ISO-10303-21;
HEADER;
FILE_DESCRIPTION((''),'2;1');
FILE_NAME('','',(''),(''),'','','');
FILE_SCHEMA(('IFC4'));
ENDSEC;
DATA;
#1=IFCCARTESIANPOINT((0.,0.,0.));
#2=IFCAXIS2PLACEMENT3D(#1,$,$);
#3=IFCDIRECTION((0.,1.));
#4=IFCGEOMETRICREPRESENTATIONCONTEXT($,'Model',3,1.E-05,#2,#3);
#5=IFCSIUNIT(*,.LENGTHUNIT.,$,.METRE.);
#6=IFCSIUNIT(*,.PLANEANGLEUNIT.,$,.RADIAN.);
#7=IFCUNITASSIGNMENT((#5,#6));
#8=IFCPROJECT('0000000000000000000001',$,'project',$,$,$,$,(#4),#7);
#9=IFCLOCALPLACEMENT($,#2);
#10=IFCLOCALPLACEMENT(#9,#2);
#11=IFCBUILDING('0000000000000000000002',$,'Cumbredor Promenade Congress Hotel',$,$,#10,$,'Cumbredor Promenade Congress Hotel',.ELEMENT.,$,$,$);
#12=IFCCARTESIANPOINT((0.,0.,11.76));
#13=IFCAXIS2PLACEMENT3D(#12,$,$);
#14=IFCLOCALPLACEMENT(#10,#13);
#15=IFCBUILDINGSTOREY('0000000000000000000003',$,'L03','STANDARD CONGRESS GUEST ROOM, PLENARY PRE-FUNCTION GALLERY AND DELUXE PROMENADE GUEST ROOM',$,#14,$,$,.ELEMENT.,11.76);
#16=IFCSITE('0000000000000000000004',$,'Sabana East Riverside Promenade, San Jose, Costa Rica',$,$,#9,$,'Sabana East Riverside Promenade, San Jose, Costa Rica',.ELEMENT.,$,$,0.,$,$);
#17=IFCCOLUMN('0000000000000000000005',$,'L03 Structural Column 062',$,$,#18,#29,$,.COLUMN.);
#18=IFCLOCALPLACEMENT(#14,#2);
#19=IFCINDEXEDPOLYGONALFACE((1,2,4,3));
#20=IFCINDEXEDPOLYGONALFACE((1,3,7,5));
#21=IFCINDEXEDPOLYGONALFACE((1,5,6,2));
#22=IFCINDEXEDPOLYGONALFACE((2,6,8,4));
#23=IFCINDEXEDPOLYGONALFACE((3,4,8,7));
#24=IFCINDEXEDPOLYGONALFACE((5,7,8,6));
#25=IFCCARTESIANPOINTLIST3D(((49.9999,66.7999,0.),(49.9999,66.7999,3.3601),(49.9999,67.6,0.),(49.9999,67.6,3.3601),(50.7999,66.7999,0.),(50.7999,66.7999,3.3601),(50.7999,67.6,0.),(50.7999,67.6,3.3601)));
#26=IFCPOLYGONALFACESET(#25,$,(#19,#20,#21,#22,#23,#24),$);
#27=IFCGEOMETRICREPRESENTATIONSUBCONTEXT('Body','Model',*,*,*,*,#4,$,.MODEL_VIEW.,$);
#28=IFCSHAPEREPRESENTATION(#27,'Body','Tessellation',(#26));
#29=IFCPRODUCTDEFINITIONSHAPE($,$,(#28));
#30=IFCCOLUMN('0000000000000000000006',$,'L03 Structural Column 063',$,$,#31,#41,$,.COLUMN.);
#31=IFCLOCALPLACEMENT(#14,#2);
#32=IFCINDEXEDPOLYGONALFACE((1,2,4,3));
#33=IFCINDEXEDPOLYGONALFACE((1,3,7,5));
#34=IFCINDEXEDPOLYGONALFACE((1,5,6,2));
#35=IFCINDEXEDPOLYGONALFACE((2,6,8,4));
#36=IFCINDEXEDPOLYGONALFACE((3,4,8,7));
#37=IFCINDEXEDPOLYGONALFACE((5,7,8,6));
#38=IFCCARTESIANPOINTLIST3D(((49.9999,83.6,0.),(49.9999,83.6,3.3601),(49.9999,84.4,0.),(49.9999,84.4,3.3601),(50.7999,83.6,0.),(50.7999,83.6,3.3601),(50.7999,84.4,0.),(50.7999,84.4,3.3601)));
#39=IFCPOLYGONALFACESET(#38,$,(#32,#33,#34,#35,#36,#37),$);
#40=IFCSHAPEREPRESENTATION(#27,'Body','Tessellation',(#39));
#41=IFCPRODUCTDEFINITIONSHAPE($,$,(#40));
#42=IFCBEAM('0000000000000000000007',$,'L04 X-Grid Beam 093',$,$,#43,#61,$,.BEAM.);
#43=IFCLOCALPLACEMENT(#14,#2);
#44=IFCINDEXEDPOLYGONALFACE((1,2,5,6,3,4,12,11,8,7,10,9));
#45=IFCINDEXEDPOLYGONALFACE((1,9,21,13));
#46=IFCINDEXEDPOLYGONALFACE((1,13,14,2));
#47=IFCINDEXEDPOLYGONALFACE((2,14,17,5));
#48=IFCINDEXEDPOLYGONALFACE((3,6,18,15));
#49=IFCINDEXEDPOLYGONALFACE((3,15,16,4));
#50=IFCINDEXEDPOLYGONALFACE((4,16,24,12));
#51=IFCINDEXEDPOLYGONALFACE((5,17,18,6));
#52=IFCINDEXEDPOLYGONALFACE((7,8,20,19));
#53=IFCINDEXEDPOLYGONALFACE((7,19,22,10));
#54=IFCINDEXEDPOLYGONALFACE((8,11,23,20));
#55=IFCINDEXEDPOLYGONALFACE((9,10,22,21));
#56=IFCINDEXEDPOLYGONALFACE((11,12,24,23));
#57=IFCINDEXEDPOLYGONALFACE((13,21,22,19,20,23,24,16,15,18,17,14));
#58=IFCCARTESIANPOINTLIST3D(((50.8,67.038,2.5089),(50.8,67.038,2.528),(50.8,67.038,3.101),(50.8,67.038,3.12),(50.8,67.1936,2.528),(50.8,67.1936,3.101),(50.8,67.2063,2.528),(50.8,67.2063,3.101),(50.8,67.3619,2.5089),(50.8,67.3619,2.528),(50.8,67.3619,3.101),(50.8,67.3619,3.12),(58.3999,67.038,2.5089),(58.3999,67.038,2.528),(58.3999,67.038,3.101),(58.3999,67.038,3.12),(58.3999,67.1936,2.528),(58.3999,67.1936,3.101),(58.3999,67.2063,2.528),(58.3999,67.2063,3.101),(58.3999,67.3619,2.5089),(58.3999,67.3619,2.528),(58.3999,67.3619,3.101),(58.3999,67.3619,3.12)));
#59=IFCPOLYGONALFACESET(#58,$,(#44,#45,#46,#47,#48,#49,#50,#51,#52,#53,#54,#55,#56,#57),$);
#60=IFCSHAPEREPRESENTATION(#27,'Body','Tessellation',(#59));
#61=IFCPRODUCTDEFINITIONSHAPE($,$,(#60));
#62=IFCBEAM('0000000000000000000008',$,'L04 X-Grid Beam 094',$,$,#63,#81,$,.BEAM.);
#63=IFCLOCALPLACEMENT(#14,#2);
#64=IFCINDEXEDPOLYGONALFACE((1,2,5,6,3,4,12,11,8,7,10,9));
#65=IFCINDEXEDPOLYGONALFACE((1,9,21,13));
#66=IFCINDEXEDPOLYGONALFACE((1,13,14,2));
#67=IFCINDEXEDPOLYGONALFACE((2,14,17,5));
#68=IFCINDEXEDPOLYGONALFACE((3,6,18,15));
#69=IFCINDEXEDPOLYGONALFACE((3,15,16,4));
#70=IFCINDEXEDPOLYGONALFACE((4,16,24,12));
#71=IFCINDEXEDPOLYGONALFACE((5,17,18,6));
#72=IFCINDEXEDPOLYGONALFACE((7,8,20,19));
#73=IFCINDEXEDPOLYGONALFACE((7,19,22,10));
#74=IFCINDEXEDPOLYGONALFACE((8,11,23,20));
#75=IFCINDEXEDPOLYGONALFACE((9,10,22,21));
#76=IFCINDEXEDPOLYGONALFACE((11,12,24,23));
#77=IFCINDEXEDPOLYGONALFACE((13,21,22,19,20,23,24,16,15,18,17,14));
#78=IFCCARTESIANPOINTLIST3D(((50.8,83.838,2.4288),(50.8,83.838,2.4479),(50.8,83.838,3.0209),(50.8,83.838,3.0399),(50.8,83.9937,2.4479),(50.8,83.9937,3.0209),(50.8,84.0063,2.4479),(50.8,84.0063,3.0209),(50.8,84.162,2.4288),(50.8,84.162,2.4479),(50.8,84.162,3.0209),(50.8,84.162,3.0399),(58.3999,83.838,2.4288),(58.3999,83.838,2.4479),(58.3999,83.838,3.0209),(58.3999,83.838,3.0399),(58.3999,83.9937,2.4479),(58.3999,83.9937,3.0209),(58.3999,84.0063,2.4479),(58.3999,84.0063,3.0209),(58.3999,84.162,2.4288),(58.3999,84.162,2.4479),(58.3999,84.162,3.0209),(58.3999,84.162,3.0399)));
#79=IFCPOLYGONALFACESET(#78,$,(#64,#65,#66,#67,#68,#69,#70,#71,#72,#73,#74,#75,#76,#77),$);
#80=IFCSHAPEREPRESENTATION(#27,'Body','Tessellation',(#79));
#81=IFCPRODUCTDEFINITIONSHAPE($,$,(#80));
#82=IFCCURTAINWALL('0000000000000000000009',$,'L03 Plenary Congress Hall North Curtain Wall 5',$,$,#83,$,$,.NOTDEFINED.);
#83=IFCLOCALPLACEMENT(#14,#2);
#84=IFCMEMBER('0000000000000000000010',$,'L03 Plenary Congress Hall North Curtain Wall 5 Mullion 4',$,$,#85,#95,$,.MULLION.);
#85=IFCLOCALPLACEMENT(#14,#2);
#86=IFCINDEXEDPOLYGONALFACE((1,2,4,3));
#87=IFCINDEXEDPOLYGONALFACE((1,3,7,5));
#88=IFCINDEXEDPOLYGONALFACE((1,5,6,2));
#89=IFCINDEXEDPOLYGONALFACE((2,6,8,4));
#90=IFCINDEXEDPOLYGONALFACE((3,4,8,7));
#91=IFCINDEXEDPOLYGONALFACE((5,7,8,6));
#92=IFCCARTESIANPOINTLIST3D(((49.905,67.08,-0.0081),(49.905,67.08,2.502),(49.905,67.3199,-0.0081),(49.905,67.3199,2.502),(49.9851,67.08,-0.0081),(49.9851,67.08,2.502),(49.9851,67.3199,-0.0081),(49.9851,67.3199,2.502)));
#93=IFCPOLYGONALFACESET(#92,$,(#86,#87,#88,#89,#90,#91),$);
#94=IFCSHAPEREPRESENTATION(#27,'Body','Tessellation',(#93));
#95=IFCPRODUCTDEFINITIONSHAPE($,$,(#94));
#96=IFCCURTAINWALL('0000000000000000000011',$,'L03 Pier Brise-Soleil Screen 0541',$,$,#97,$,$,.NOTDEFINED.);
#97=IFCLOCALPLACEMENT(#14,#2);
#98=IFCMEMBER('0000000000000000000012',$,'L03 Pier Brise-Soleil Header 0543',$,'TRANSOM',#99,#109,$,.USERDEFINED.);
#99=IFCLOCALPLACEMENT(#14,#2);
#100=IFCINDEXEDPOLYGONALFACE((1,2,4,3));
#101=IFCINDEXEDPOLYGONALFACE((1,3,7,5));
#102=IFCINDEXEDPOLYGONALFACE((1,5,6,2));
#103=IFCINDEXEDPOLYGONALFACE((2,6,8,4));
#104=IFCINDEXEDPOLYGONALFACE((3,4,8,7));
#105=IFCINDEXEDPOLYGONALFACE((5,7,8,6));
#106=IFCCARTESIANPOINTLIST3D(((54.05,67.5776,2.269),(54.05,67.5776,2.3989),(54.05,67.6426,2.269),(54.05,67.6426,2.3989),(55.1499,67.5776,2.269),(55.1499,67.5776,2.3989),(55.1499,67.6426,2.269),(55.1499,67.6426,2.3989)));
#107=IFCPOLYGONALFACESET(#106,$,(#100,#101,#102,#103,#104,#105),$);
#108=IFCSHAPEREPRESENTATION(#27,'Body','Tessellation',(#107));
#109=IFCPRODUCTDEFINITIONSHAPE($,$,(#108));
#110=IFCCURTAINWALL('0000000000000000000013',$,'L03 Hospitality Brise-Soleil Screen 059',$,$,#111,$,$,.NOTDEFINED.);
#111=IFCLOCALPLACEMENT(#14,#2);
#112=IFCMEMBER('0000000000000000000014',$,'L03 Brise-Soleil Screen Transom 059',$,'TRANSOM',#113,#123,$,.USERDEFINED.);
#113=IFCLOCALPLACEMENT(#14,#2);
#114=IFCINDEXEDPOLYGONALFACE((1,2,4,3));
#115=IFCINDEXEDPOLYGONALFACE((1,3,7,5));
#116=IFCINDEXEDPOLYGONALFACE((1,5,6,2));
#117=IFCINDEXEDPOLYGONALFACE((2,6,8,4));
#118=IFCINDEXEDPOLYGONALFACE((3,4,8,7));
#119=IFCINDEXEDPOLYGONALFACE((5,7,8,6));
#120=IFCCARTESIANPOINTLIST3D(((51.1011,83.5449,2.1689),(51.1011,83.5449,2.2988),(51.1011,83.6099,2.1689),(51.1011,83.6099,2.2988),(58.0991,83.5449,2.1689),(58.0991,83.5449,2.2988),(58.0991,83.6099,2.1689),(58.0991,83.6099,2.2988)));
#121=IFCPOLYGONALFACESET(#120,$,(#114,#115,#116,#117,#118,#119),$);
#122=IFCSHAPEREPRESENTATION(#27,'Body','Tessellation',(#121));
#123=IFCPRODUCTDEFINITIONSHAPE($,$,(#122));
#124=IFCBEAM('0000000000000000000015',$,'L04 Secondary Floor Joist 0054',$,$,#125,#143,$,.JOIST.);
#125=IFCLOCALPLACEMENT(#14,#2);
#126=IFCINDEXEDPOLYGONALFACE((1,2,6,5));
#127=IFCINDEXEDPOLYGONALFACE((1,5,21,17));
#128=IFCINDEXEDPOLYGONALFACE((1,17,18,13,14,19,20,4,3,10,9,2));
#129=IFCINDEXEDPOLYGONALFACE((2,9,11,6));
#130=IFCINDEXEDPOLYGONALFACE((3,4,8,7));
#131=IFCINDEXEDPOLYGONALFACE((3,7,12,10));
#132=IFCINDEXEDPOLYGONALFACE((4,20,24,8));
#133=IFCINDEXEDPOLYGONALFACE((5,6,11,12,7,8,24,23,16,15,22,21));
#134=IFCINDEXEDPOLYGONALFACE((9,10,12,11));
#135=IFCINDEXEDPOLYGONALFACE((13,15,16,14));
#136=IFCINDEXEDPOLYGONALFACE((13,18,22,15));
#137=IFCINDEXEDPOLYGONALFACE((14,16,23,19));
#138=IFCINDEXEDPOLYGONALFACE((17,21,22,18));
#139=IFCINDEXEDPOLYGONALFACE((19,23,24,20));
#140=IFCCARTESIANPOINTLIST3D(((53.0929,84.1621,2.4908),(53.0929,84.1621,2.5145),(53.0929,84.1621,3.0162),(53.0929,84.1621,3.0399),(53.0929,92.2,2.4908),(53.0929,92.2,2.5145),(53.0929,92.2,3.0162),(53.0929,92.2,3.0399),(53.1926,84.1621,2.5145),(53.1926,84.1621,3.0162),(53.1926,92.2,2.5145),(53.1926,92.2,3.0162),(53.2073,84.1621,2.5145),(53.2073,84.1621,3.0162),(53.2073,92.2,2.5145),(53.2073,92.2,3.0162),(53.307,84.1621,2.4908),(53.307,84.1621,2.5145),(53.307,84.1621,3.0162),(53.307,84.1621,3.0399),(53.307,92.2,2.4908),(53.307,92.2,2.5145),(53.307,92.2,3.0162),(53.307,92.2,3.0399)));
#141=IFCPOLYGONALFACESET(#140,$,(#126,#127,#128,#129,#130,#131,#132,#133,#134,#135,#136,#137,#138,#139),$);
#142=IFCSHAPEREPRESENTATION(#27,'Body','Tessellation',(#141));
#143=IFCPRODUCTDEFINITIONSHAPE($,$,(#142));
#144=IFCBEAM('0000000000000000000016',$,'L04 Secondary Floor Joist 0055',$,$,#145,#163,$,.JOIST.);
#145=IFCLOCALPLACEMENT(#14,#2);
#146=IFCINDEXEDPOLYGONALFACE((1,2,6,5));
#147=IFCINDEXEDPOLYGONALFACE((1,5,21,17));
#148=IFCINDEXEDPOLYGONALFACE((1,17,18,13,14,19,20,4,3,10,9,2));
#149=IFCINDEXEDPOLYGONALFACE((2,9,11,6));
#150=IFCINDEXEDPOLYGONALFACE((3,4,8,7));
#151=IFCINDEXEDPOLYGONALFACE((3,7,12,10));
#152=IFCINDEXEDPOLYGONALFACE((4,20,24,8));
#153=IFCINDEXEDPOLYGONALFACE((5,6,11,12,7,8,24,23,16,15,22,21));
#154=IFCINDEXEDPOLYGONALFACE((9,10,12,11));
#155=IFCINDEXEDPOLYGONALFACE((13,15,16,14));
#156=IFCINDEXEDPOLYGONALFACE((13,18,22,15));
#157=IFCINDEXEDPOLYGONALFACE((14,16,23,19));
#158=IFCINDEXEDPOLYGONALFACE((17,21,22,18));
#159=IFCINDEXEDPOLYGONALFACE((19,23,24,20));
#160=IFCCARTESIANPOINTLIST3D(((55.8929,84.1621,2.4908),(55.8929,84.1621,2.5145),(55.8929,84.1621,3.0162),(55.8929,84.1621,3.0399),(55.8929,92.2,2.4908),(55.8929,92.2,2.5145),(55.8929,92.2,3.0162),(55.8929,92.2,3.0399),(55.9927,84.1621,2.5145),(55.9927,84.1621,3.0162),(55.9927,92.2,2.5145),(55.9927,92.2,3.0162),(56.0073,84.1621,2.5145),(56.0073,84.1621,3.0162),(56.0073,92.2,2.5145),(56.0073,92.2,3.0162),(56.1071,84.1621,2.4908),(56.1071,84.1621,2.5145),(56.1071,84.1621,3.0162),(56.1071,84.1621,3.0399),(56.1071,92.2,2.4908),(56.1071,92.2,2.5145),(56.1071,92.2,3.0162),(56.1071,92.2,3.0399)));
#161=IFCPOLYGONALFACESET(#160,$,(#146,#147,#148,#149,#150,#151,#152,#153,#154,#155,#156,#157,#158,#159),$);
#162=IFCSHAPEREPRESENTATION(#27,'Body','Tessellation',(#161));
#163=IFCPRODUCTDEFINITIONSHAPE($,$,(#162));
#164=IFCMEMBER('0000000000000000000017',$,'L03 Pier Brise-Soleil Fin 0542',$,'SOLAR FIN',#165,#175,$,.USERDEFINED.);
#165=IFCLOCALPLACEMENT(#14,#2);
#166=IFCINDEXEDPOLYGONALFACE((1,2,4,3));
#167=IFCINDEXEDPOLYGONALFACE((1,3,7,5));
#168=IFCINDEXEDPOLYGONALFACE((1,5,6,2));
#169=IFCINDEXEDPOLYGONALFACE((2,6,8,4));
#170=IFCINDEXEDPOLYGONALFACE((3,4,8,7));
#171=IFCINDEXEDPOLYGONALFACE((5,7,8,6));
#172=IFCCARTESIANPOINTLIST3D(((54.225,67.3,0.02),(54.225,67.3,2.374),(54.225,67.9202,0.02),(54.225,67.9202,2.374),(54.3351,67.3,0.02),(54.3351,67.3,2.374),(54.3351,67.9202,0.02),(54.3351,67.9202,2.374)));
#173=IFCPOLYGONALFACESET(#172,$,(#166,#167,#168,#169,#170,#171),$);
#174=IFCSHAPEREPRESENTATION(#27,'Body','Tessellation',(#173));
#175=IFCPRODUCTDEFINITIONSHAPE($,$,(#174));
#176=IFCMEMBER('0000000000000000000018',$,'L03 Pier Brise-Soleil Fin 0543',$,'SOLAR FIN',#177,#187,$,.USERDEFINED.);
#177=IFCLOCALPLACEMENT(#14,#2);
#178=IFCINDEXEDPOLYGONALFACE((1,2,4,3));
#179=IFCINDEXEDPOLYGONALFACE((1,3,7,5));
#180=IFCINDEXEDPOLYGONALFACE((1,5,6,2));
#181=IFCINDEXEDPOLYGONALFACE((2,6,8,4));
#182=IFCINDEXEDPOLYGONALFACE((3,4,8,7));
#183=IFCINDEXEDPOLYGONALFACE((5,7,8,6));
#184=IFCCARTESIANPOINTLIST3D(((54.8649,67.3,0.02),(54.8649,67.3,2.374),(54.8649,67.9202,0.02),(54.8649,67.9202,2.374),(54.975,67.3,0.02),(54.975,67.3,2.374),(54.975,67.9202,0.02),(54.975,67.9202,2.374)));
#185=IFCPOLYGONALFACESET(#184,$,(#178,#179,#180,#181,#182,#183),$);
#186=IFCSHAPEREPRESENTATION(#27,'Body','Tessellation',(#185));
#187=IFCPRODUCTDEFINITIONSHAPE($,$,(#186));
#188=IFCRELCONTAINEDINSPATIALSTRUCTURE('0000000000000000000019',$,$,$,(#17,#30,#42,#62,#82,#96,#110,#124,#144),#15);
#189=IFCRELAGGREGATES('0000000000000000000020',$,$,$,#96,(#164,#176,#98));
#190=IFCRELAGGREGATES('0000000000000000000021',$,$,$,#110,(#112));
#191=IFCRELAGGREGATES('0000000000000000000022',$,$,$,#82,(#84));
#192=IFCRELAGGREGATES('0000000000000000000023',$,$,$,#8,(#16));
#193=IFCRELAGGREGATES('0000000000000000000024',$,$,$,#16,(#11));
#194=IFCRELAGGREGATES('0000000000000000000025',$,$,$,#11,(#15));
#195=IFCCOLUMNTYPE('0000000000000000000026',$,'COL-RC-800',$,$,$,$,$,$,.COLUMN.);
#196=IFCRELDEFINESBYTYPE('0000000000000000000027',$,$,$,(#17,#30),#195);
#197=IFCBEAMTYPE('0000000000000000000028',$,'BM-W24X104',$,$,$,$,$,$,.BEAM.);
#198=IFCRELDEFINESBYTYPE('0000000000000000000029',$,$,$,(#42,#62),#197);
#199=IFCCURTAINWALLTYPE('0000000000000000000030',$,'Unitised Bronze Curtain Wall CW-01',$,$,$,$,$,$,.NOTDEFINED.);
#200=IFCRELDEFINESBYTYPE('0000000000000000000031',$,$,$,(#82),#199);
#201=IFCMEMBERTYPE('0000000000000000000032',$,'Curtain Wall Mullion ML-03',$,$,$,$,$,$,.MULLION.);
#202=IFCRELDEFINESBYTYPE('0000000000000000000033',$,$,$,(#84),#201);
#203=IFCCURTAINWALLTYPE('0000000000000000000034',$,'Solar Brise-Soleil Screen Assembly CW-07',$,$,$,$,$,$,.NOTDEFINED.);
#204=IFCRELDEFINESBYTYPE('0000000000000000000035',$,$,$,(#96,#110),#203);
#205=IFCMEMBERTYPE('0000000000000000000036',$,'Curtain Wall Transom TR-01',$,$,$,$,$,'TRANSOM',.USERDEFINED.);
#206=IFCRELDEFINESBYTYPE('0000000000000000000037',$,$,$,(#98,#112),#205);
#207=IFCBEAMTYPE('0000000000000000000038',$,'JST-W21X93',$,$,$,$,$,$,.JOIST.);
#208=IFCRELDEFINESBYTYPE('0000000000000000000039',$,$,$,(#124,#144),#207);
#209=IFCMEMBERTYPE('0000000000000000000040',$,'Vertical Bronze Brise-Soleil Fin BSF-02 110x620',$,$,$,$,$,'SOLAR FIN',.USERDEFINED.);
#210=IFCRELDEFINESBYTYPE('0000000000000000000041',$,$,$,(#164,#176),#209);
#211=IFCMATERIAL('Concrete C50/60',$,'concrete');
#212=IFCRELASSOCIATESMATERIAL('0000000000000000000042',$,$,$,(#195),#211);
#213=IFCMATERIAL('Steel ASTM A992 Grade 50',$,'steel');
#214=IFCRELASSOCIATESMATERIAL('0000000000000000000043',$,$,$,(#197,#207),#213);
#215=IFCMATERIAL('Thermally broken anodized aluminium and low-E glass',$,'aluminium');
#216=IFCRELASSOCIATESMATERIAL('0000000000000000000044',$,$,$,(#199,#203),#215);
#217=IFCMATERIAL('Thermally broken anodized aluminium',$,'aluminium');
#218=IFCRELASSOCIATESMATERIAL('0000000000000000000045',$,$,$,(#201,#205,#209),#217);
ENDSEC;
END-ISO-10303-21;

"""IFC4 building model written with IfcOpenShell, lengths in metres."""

from ifc_helpers import new_model, si_unit, direction, frame, origin, origin_2d, place, context, subcontext, project, spatial, rectangle, i_section, extrude, material, material_profile, profile_set, type_object, element, aggregate, save


model = new_model("IFC4")

# Units and contexts
model_context = context("Model", 3, precision=1e-05, world=origin(), true_north=direction((0.0, 1.0)))
body_context = subcontext(model_context, "Body", "Model", "MODEL_VIEW")
ifc_project = project(units=[si_unit("LENGTHUNIT", "METRE"), si_unit("PLANEANGLEUNIT", "RADIAN")], contexts=[model_context])

# Site, building, storey
site_placement = place(None, origin())
site = spatial("IfcSite", under=ifc_project, at=site_placement, Name="Sabana East Riverside Promenade, San Jose, Costa Rica", LongName="Sabana East Riverside Promenade, San Jose, Costa Rica", CompositionType="ELEMENT", RefElevation=0.0)
building_placement = place(site_placement, origin())
building = spatial("IfcBuilding", under=site, at=building_placement, Name="Cumbredor Promenade Congress Hotel", LongName="Cumbredor Promenade Congress Hotel", CompositionType="ELEMENT")
storey_placement = place(building_placement, frame((0.0, 0.0, 11.76)))
storey = spatial("IfcBuildingStorey", under=building, at=storey_placement, Name="L03", Description="STANDARD CONGRESS GUEST ROOM, PLENARY PRE-FUNCTION GALLERY AND DELUXE PROMENADE GUEST ROOM", CompositionType="ELEMENT", Elevation=11.76)

# Columns
ifc_material_1 = material(Name="Concrete C50/60", Category="concrete")
ifc_material_profile_1 = material_profile(ifc_material_1, rectangle(XDim=0.8, YDim=0.8, at=origin_2d()), Name="RC 800x800")
ifc_profile_set_1 = profile_set([ifc_material_profile_1], Name="Concrete C50/60")
column_type = type_object("IfcColumnType", Name="COL-RC-800", PredefinedType="COLUMN", material=ifc_profile_set_1)
for number, where, z_axis, x_axis, name in (
    (1, (50.3999, 67.2, 0.0), (0.0, 0.0, 1.0), (1.0, 0.0, 0.0), "L03 Structural Column 062"),
    (2, (50.3999, 84.0, 0.0), (0.0, 0.0, 1.0), (1.0, 0.0, 0.0), "L03 Structural Column 063"),
):
    element("IfcColumn", number, at=place(storey_placement, frame(where, z_axis=z_axis, x_axis=x_axis)), inside=storey, type_object=column_type, Name=name, PredefinedType="COLUMN", context=body_context, shape_type="SweptSolid", body=[
        extrude(rectangle(XDim=0.8, YDim=0.8, at=origin_2d()), origin(), (0.0, 0.0, 1.0), 3.3601),
    ])

# Beams
ifc_material_2 = material(Name="Steel ASTM A992 Grade 50", Category="steel")
ifc_material_profile_2 = material_profile(ifc_material_2, i_section(OverallWidth=0.324, OverallDepth=0.6111, WebThickness=0.0127, FlangeThickness=0.019, at=origin_2d()), Name="W24X104")
ifc_profile_set_2 = profile_set([ifc_material_profile_2], Name="Steel ASTM A992 Grade 50")
beam_type_1 = type_object("IfcBeamType", Name="BM-W24X104", PredefinedType="BEAM", material=ifc_profile_set_2)
for number, where, z_axis, x_axis, name in (
    (3, (50.8, 67.2, 2.8145), (1.0, 0.0, 0.0), (0.0, 1.0, 0.0), "L04 X-Grid Beam 093"),
    (4, (50.8, 84.0, 2.7344), (1.0, 0.0, 0.0), (0.0, 1.0, 0.0), "L04 X-Grid Beam 094"),
):
    element("IfcBeam", number, at=place(storey_placement, frame(where, z_axis=z_axis, x_axis=x_axis)), inside=storey, type_object=beam_type_1, Name=name, PredefinedType="BEAM", context=body_context, shape_type="SweptSolid", body=[
        extrude(i_section(OverallWidth=0.324, OverallDepth=0.6111, WebThickness=0.0127, FlangeThickness=0.019, at=origin_2d()), origin(), (0.0, 0.0, 1.0), 7.5999),
    ])

# Curtain walls, members
ifc_material_3 = material(Name="Thermally broken anodized aluminium and low-E glass", Category="aluminium")
curtain_wall_type_1 = type_object("IfcCurtainWallType", Name="Unitised Bronze Curtain Wall CW-01", PredefinedType="NOTDEFINED", material=ifc_material_3)
curtain_wall_1_placement = place(storey_placement, origin())
curtain_wall_1 = element("IfcCurtainWall", 5, at=curtain_wall_1_placement, inside=storey, type_object=curtain_wall_type_1, Name="L03 Plenary Congress Hall North Curtain Wall 5", PredefinedType="NOTDEFINED")
ifc_material_4 = material(Name="Thermally broken anodized aluminium", Category="aluminium")
ifc_material_profile_3 = material_profile(ifc_material_4, rectangle(XDim=0.0801, YDim=0.24, at=origin_2d()), Name="ALU MULLION 80x240")
ifc_profile_set_3 = profile_set([ifc_material_profile_3], Name="Thermally broken anodized aluminium")
member_type_1 = type_object("IfcMemberType", Name="Curtain Wall Mullion ML-03", PredefinedType="MULLION", material=ifc_profile_set_3)
member_1_placement = place(storey_placement, frame((49.9451, 67.2, -0.0081), z_axis=(0.0, 0.0, 1.0), x_axis=(1.0, 0.0, 0.0)))
member_1 = element("IfcMember", 6, at=member_1_placement, type_object=member_type_1, Name="L03 Plenary Congress Hall North Curtain Wall 5 Mullion 4", PredefinedType="MULLION", context=body_context, shape_type="SweptSolid", body=[
    extrude(rectangle(XDim=0.0801, YDim=0.24, at=origin_2d()), origin(), (0.0, 0.0, 1.0), 2.51),
])
curtain_wall_type_2 = type_object("IfcCurtainWallType", Name="Solar Brise-Soleil Screen Assembly CW-07", PredefinedType="NOTDEFINED", material=ifc_material_3)
curtain_wall_2_placement = place(storey_placement, origin())
curtain_wall_2 = element("IfcCurtainWall", 7, at=curtain_wall_2_placement, inside=storey, type_object=curtain_wall_type_2, Name="L03 Pier Brise-Soleil Screen 0541", PredefinedType="NOTDEFINED")
ifc_material_profile_4 = material_profile(ifc_material_4, rectangle(XDim=0.0649, YDim=0.1299, at=origin_2d()), Name="ALU TRANSOM 65x130")
ifc_profile_set_4 = profile_set([ifc_material_profile_4], Name="Thermally broken anodized aluminium")
member_type_2 = type_object("IfcMemberType", Name="Curtain Wall Transom TR-01", ElementType="TRANSOM", PredefinedType="USERDEFINED", material=ifc_profile_set_4)
member_2_placement = place(storey_placement, frame((54.05, 67.6101, 2.334), z_axis=(1.0, 0.0, 0.0), x_axis=(0.0, 1.0, 0.0)))
member_2 = element("IfcMember", 8, at=member_2_placement, type_object=member_type_2, Name="L03 Pier Brise-Soleil Header 0543", ObjectType="TRANSOM", PredefinedType="USERDEFINED", context=body_context, shape_type="SweptSolid", body=[
    extrude(rectangle(XDim=0.0649, YDim=0.1299, at=origin_2d()), origin(), (0.0, 0.0, 1.0), 1.0999),
])
curtain_wall_3_placement = place(storey_placement, origin())
curtain_wall_3 = element("IfcCurtainWall", 9, at=curtain_wall_3_placement, inside=storey, type_object=curtain_wall_type_2, Name="L03 Hospitality Brise-Soleil Screen 059", PredefinedType="NOTDEFINED")
member_3_placement = place(storey_placement, frame((51.1011, 83.5774, 2.2339), z_axis=(1.0, 0.0, 0.0), x_axis=(0.0, 1.0, 0.0)))
member_3 = element("IfcMember", 10, at=member_3_placement, type_object=member_type_2, Name="L03 Brise-Soleil Screen Transom 059", ObjectType="TRANSOM", PredefinedType="USERDEFINED", context=body_context, shape_type="SweptSolid", body=[
    extrude(rectangle(XDim=0.0649, YDim=0.1299, at=origin_2d()), origin(), (0.0, 0.0, 1.0), 6.998),
])

# Beams
ifc_material_profile_5 = material_profile(ifc_material_2, i_section(OverallWidth=0.2141, OverallDepth=0.5491, WebThickness=0.0146, FlangeThickness=0.0237, at=origin_2d()), Name="W21X93")
ifc_profile_set_5 = profile_set([ifc_material_profile_5], Name="Steel ASTM A992 Grade 50")
beam_type_2 = type_object("IfcBeamType", Name="JST-W21X93", PredefinedType="JOIST", material=ifc_profile_set_5)
for number, where, z_axis, x_axis, name in (
    (11, (53.2, 84.1621, 2.7654), (0.0, 1.0, 0.0), (-1.0, 0.0, 0.0), "L04 Secondary Floor Joist 0054"),
    (12, (56.0, 84.1621, 2.7654), (0.0, 1.0, 0.0), (-1.0, 0.0, 0.0), "L04 Secondary Floor Joist 0055"),
):
    element("IfcBeam", number, at=place(storey_placement, frame(where, z_axis=z_axis, x_axis=x_axis)), inside=storey, type_object=beam_type_2, Name=name, PredefinedType="JOIST", context=body_context, shape_type="SweptSolid", body=[
        extrude(i_section(OverallWidth=0.2141, OverallDepth=0.5491, WebThickness=0.0146, FlangeThickness=0.0237, at=origin_2d()), origin(), (0.0, 0.0, 1.0), 8.0378),
    ])

# Members
ifc_material_profile_6 = material_profile(ifc_material_4, rectangle(XDim=0.1101, YDim=0.6201, at=origin_2d()), Name="ARCH FIN 110x620")
ifc_profile_set_6 = profile_set([ifc_material_profile_6], Name="Thermally broken anodized aluminium")
member_type_3 = type_object("IfcMemberType", Name="Vertical Bronze Brise-Soleil Fin BSF-02 110x620", ElementType="SOLAR FIN", PredefinedType="USERDEFINED", material=ifc_profile_set_6)
member_4_placement = place(storey_placement, frame((54.28, 67.6101, 0.02), z_axis=(0.0, 0.0, 1.0), x_axis=(1.0, 0.0, 0.0)))
member_4 = element("IfcMember", 13, at=member_4_placement, type_object=member_type_3, Name="L03 Pier Brise-Soleil Fin 0542", ObjectType="SOLAR FIN", PredefinedType="USERDEFINED", context=body_context, shape_type="SweptSolid", body=[
    extrude(rectangle(XDim=0.1101, YDim=0.6201, at=origin_2d()), origin(), (0.0, 0.0, 1.0), 2.354),
])
member_5_placement = place(storey_placement, frame((54.9199, 67.6101, 0.02), z_axis=(0.0, 0.0, 1.0), x_axis=(1.0, 0.0, 0.0)))
member_5 = element("IfcMember", 14, at=member_5_placement, type_object=member_type_3, Name="L03 Pier Brise-Soleil Fin 0543", ObjectType="SOLAR FIN", PredefinedType="USERDEFINED", context=body_context, shape_type="SweptSolid", body=[
    extrude(rectangle(XDim=0.1101, YDim=0.6201, at=origin_2d()), origin(), (0.0, 0.0, 1.0), 2.354),
])
aggregate(curtain_wall_2, [member_4, member_5, member_2])

aggregate(curtain_wall_3, [member_3])
aggregate(curtain_wall_1, [member_1])

save(model, "model.ifc")
